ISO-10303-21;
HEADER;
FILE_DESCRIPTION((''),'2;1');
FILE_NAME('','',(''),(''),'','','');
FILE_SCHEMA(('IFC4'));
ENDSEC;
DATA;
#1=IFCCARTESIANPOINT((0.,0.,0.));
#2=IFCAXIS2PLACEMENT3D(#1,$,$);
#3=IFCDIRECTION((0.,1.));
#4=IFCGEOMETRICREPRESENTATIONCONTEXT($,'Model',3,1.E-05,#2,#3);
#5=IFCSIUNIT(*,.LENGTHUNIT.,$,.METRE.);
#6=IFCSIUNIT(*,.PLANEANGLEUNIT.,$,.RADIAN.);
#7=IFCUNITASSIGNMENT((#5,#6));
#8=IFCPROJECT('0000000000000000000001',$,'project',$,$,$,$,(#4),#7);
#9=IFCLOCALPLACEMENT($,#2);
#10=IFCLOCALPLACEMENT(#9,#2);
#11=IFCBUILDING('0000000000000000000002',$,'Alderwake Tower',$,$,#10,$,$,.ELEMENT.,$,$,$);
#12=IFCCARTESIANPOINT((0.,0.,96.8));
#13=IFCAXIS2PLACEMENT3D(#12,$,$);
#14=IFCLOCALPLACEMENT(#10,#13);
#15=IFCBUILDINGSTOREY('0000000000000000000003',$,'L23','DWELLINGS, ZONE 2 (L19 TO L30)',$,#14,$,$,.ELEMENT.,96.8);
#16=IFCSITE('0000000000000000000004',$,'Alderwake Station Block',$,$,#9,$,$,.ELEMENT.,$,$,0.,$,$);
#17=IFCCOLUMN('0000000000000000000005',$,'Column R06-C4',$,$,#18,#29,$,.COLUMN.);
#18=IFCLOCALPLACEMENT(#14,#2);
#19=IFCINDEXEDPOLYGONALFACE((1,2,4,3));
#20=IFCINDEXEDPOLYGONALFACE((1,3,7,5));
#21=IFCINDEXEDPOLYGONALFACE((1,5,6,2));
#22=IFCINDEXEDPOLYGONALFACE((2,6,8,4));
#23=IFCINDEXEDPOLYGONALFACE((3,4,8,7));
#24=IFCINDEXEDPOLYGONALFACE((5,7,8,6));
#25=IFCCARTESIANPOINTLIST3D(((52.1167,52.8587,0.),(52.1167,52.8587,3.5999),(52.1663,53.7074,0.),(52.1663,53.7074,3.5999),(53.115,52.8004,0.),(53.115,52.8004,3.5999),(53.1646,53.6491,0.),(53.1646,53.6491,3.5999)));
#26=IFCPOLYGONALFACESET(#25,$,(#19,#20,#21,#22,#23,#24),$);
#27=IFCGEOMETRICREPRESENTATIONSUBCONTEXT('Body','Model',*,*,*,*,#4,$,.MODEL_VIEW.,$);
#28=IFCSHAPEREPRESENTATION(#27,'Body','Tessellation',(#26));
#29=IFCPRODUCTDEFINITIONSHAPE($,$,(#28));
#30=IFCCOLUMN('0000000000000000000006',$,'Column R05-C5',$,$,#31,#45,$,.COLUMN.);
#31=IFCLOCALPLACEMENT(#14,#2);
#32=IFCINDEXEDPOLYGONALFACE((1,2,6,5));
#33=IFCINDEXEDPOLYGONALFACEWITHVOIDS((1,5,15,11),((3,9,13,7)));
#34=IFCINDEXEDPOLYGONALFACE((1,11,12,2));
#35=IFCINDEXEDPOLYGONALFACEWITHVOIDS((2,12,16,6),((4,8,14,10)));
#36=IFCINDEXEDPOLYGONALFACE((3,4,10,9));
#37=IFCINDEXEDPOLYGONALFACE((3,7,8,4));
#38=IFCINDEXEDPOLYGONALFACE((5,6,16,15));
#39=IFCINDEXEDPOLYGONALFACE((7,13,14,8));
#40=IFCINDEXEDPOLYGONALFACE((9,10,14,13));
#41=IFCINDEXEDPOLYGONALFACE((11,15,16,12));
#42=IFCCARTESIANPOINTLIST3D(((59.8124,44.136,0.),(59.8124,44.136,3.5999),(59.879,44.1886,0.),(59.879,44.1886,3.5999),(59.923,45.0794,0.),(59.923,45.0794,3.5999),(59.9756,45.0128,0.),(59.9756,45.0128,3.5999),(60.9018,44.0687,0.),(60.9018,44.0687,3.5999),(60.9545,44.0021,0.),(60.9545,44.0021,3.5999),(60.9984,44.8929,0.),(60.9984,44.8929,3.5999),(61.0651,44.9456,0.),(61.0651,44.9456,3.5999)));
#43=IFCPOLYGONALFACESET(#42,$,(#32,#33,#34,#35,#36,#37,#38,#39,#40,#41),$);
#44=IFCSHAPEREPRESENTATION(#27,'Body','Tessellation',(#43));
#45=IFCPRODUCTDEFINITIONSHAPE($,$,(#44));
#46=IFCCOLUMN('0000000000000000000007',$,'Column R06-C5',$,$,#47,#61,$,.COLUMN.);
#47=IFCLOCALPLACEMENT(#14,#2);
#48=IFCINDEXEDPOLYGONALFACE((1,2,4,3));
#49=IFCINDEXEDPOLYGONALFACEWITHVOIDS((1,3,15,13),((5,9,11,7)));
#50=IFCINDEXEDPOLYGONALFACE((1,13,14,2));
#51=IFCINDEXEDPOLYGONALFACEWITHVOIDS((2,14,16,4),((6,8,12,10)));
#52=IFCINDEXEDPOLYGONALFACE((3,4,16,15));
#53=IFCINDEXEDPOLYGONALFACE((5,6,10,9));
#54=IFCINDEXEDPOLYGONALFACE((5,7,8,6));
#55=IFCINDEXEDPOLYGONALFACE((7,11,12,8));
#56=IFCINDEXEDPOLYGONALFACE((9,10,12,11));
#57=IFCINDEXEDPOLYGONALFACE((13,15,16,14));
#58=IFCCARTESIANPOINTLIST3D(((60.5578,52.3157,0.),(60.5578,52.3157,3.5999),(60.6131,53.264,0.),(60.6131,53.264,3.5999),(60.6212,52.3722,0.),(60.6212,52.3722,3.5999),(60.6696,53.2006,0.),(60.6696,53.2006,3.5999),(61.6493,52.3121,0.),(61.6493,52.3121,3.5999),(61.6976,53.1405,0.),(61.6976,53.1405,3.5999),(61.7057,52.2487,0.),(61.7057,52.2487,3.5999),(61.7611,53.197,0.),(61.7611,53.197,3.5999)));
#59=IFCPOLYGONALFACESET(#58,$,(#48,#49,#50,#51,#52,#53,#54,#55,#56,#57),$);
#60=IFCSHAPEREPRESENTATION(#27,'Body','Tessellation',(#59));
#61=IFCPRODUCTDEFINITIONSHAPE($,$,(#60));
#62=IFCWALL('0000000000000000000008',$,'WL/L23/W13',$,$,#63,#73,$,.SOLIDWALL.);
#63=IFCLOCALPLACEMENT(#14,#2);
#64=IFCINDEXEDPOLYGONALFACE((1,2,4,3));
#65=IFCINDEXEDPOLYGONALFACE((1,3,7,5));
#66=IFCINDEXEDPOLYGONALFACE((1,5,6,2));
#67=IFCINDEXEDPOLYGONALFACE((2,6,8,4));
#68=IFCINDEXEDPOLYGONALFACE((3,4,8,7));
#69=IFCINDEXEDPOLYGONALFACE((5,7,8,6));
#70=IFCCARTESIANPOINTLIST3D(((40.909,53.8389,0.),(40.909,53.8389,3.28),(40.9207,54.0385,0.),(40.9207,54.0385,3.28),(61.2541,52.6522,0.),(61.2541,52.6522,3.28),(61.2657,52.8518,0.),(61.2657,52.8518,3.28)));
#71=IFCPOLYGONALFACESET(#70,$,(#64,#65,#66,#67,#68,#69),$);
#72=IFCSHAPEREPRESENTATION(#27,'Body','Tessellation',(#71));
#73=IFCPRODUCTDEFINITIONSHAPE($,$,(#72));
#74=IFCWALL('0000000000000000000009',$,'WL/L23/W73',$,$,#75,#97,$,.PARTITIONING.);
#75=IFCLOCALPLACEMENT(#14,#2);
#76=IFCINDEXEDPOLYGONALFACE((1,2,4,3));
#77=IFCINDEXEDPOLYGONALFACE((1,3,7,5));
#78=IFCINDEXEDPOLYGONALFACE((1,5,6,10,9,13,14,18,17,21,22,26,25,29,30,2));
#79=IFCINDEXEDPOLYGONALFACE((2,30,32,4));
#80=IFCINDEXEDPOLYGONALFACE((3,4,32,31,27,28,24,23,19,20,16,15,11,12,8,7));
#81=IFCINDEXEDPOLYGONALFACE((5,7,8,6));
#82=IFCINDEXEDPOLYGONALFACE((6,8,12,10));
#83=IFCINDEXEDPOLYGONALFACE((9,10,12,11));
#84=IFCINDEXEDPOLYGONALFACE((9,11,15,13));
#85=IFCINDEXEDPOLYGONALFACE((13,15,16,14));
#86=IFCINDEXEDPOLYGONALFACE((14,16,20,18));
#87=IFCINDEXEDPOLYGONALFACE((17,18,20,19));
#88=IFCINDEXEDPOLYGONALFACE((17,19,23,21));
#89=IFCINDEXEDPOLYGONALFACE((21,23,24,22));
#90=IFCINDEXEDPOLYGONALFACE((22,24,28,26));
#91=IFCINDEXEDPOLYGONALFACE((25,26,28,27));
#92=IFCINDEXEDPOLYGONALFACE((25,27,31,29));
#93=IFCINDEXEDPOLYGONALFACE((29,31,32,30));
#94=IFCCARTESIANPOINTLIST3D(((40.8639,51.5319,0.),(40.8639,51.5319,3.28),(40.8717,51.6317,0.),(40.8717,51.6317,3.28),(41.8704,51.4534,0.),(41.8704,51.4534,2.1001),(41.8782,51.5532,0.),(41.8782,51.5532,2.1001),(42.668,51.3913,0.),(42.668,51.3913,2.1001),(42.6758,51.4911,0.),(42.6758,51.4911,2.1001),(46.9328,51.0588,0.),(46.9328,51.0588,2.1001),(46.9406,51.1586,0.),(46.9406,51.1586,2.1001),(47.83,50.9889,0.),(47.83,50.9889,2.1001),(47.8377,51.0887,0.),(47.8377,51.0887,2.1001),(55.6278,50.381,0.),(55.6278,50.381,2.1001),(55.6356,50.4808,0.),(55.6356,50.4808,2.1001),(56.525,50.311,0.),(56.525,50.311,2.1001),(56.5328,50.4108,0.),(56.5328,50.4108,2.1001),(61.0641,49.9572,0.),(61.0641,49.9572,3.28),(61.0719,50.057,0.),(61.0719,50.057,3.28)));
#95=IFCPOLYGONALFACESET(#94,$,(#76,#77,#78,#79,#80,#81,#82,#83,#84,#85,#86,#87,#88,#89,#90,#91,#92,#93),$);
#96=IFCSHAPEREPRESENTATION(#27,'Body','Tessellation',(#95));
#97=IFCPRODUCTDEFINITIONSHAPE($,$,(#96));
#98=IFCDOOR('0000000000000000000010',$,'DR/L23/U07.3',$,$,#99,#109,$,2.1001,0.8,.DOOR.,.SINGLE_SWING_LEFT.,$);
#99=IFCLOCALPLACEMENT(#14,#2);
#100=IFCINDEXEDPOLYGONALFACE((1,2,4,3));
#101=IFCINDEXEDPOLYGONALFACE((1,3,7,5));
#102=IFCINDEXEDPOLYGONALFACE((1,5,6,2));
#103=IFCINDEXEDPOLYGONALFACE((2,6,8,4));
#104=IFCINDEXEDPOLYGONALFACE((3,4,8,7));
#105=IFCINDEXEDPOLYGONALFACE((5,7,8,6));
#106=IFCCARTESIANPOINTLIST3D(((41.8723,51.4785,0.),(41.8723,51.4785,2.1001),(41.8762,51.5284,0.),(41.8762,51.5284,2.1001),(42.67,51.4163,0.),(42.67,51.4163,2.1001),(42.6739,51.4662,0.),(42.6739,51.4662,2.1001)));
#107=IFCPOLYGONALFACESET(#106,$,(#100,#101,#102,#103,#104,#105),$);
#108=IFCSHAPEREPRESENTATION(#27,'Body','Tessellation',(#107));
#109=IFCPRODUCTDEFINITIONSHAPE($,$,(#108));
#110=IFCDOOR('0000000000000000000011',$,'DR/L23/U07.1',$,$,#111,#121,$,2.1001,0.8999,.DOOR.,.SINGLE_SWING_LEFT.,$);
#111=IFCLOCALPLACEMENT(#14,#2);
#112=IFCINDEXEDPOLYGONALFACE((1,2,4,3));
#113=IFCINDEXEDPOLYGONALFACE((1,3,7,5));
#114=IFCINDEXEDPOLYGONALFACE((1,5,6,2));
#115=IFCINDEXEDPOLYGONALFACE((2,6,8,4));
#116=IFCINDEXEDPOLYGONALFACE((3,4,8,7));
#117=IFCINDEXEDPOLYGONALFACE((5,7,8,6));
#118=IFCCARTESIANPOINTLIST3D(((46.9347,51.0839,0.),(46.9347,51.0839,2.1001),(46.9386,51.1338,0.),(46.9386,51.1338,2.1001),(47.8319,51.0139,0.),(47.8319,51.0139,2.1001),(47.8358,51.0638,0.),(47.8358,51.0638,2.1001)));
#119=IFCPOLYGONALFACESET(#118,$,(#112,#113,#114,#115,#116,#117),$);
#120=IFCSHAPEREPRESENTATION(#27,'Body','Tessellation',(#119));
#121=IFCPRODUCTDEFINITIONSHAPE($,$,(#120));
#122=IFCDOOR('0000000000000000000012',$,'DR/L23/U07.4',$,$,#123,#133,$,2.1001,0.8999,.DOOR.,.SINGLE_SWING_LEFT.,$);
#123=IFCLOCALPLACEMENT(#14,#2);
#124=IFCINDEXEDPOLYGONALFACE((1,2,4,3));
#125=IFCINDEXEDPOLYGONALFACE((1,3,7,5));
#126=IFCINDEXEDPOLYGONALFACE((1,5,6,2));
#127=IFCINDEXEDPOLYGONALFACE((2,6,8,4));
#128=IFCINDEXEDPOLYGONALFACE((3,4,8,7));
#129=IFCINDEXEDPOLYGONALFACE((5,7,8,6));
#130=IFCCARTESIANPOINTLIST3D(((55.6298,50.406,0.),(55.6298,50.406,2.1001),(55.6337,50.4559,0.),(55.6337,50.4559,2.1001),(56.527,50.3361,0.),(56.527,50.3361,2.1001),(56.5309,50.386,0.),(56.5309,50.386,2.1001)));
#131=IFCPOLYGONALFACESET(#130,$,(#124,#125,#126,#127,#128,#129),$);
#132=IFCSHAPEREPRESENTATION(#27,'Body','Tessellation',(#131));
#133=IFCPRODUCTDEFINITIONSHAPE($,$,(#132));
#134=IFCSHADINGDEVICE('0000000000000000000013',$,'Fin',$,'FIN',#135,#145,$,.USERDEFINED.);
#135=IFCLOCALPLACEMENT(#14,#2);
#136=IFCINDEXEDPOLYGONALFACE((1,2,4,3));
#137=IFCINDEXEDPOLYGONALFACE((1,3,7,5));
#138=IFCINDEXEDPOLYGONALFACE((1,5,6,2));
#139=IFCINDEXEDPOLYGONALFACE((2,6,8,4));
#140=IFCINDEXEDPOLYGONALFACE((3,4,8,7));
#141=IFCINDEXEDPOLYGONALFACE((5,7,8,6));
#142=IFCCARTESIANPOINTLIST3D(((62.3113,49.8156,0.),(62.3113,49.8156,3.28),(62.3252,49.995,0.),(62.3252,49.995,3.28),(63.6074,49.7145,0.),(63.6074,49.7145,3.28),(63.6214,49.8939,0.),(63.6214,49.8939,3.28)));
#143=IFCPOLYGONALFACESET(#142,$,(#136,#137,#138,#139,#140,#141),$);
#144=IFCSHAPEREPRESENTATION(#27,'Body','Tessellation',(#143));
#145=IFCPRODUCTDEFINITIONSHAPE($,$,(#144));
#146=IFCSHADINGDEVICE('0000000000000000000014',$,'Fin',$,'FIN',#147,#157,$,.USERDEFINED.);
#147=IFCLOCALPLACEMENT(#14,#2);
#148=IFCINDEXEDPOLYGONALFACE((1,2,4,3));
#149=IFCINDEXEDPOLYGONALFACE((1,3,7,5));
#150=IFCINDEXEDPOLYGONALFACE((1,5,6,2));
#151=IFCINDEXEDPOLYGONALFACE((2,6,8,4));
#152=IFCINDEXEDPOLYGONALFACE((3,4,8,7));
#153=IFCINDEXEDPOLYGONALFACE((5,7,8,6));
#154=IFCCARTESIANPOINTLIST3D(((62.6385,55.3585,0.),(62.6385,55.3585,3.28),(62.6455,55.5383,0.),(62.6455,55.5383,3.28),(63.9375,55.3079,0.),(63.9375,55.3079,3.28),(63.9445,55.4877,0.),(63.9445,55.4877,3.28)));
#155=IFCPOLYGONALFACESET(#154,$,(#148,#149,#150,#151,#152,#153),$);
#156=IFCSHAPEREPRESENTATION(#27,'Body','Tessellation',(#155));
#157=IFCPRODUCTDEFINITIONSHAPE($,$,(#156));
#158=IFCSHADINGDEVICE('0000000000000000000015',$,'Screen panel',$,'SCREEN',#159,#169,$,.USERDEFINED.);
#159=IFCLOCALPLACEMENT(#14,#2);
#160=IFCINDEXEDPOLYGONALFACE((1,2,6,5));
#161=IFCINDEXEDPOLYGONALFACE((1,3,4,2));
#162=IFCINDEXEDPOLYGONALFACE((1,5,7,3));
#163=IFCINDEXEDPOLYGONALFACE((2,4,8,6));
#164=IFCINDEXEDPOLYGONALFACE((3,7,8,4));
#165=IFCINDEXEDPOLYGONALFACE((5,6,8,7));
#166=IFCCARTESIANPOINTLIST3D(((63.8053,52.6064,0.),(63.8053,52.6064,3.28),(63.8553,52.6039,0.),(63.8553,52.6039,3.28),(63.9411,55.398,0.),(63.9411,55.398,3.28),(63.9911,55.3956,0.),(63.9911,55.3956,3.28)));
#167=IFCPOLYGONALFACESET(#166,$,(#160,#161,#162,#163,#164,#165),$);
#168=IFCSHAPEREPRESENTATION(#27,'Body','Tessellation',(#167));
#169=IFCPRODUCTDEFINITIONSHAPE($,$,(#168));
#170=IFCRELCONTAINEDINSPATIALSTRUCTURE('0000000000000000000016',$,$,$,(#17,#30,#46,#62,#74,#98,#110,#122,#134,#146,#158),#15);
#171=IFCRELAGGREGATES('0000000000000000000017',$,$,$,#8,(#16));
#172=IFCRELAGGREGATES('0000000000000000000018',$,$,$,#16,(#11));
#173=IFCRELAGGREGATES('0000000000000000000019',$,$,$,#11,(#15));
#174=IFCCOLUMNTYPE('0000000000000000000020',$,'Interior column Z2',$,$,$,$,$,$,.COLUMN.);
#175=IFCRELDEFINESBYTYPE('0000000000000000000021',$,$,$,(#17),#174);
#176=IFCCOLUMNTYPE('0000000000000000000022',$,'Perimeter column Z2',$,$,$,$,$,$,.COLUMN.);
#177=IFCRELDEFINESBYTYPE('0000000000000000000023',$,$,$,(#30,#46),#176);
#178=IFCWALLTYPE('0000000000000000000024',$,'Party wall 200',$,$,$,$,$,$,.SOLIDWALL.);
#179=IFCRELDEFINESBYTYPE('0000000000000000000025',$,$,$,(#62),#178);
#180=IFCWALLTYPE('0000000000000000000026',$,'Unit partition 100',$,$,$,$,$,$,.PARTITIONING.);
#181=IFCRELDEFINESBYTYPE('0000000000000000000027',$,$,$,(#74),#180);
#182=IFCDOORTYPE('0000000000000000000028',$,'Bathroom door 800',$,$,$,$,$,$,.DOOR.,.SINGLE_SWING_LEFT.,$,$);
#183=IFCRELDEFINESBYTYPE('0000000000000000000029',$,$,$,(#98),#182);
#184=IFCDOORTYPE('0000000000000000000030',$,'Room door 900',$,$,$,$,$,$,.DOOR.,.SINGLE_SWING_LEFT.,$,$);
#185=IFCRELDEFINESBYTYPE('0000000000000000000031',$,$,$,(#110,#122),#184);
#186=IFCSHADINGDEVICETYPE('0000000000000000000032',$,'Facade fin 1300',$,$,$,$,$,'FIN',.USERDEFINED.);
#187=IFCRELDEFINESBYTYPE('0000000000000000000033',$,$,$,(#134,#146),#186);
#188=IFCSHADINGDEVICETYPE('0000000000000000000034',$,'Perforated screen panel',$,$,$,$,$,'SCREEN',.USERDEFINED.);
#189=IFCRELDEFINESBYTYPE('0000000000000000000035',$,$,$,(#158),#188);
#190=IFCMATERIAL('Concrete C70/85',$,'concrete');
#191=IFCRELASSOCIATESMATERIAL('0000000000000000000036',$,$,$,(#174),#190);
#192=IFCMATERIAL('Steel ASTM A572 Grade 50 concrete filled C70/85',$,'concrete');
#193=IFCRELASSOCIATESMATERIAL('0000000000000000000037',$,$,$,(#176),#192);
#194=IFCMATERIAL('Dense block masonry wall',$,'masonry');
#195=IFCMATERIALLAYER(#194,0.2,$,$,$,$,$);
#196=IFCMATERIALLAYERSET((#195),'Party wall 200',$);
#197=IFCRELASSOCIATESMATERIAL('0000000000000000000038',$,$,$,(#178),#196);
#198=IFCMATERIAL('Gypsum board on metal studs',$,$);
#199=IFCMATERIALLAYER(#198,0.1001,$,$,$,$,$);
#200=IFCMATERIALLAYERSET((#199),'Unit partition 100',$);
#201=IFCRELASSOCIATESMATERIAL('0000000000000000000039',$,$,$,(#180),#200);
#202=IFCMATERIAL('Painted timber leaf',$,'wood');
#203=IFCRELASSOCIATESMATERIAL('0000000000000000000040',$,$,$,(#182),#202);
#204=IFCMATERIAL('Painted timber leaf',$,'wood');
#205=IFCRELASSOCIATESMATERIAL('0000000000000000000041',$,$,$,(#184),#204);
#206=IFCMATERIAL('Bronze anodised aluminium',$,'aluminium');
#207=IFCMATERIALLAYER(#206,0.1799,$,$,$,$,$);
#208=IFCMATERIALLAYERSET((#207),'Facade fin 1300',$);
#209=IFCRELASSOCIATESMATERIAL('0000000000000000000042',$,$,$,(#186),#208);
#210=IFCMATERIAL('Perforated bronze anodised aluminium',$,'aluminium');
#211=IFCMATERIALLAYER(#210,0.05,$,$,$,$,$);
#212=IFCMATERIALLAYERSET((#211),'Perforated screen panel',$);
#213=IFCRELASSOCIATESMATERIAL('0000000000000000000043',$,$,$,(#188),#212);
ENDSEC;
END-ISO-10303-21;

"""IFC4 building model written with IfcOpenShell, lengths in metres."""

from ifc_helpers import new_model, si_unit, direction, frame, frame_2d, origin, origin_2d, place, context, subcontext, project, spatial, rectangle, hollow_rectangle, extrude, material, layer, layer_set, material_profile, profile_set, type_object, element, fill, save


model = new_model("IFC4")

# Units and contexts
model_context = context("Model", 3, precision=1e-05, world=origin(), true_north=direction((0.0, 1.0)))
body_context = subcontext(model_context, "Body", "Model", "MODEL_VIEW")
ifc_project = project(units=[si_unit("LENGTHUNIT", "METRE"), si_unit("PLANEANGLEUNIT", "RADIAN")], contexts=[model_context])

# Site, building, storey
site_placement = place(None, origin())
site = spatial("IfcSite", under=ifc_project, at=site_placement, Name="Alderwake Station Block", CompositionType="ELEMENT", RefElevation=0.0)
building_placement = place(site_placement, origin())
building = spatial("IfcBuilding", under=site, at=building_placement, Name="Alderwake Tower", CompositionType="ELEMENT")
storey_placement = place(building_placement, frame((0.0, 0.0, 96.8)))
storey = spatial("IfcBuildingStorey", under=building, at=storey_placement, Name="L23", Description="DWELLINGS, ZONE 2 (L19 TO L30)", CompositionType="ELEMENT", Elevation=96.8)

# Columns
ifc_material_1 = material(Name="Concrete C70/85", Category="concrete")
ifc_material_profile_1 = material_profile(ifc_material_1, rectangle(XDim=0.8501, YDim=1.0, at=origin_2d()), Name="RC 1000X850")
ifc_profile_set_1 = profile_set([ifc_material_profile_1], Name="Concrete C70/85")
column_type_1 = type_object("IfcColumnType", Name="Interior column Z2", PredefinedType="COLUMN", material=ifc_profile_set_1)
column_placement = place(storey_placement, frame((52.6406, 53.2539, 0.0), z_axis=(0.0, 0.0, 1.0), x_axis=(0.058301, 0.998299, 0.0)))
element("IfcColumn", 1, at=column_placement, inside=storey, type_object=column_type_1, Name="Column R06-C4", PredefinedType="COLUMN", context=body_context, shape_type="SweptSolid", body=[
    extrude(rectangle(XDim=0.8501, YDim=1.0, at=origin_2d()), origin(), (0.0, 0.0, 1.0), 3.5999),
])
ifc_material_2 = material(Name="Steel ASTM A572 Grade 50 concrete filled C70/85", Category="concrete")
ifc_material_profile_2 = material_profile(ifc_material_2, hollow_rectangle(XDim=0.95, YDim=1.1499, WallThickness=0.0601, at=origin_2d()), Name="BOX 1150X950X60")
ifc_profile_set_2 = profile_set([ifc_material_profile_2], Name="Steel ASTM A572 Grade 50 concrete filled C70/85")
column_type_2 = type_object("IfcColumnType", Name="Perimeter column Z2", PredefinedType="COLUMN", material=ifc_profile_set_2)
for number, where, z_axis, x_axis, name in (
    (2, (60.4387, 44.5408, 0.0), (0.0, 0.0, 1.0), (0.116402, 0.993202, 0.0), "Column R05-C5"),
    (3, (61.1594, 52.7563, 0.0), (0.0, 0.0, 1.0), (0.058301, 0.998299, 0.0), "Column R06-C5"),
):
    element("IfcColumn", number, at=place(storey_placement, frame(where, z_axis=z_axis, x_axis=x_axis)), inside=storey, type_object=column_type_2, Name=name, PredefinedType="COLUMN", context=body_context, shape_type="SweptSolid", body=[
        extrude(hollow_rectangle(XDim=0.95, YDim=1.1499, WallThickness=0.0601, at=origin_2d()), origin(), (0.0, 0.0, 1.0), 3.5999),
    ])

# Wall
ifc_material_3 = material(Name="Dense block masonry wall", Category="masonry")
ifc_layer_1 = layer(ifc_material_3, 0.2)
ifc_layer_set_1 = layer_set([ifc_layer_1], Name="Party wall 200")
wall_type_1 = type_object("IfcWallType", Name="Party wall 200", PredefinedType="SOLIDWALL", material=ifc_layer_set_1)
wall_1_placement = place(storey_placement, frame((61.26, 52.752, 0.0), z_axis=(0.0, 0.0, 1.0), x_axis=(-0.998303, 0.058233, 0.0)))
element("IfcWall", 4, at=wall_1_placement, inside=storey, type_object=wall_type_1, Name="WL/L23/W13", PredefinedType="SOLIDWALL", context=body_context, shape_type="SweptSolid", body=[
    extrude(rectangle(XDim=20.3796, YDim=0.2, at=frame_2d((10.1899, 0.0))), origin(), (0.0, 0.0, 1.0), 3.28),
])

# Wall, openings, doors
ifc_material_4 = material(Name="Gypsum board on metal studs")
ifc_layer_2 = layer(ifc_material_4, 0.1001)
ifc_layer_set_2 = layer_set([ifc_layer_2], Name="Unit partition 100")
wall_type_2 = type_object("IfcWallType", Name="Unit partition 100", PredefinedType="PARTITIONING", material=ifc_layer_set_2)
wall_2_placement = place(storey_placement, frame((61.0681, 50.0071, 0.0), z_axis=(0.0, 0.0, 1.0), x_axis=(-0.996975, 0.077719, 0.0)))
wall_2 = element("IfcWall", 5, at=wall_2_placement, inside=storey, type_object=wall_type_2, Name="WL/L23/W73", PredefinedType="PARTITIONING", context=body_context, shape_type="SweptSolid", body=[
    extrude(rectangle(XDim=20.2615, YDim=0.1001, at=frame_2d((10.1309, 0.0))), origin(), (0.0, 0.0, 1.0), 3.28),
])
opening_1_placement = place(wall_2_placement, frame((13.2744, 0.0, 0.0)))
opening_1 = element("IfcOpeningElement", 6, at=opening_1_placement, cuts=wall_2, PredefinedType="OPENING", context=body_context, shape_type="SweptSolid", body=[
    extrude(rectangle(XDim=0.8999, YDim=2.1001, at=frame_2d((0.45, 1.05))), frame((0.0, 0.0601, 0.0), z_axis=(0.0, -1.0, 0.0), x_axis=(1.0, 0.0, 0.0)), (0.0, 0.0, 1.0), 0.1201),
])
opening_2_placement = place(wall_2_placement, frame((18.4521, 0.0, 0.0)))
opening_2 = element("IfcOpeningElement", 7, at=opening_2_placement, cuts=wall_2, PredefinedType="OPENING", context=body_context, shape_type="SweptSolid", body=[
    extrude(rectangle(XDim=0.8, YDim=2.1001, at=frame_2d((0.3999, 1.05))), frame((0.0, 0.0601, 0.0), z_axis=(0.0, -1.0, 0.0), x_axis=(1.0, 0.0, 0.0)), (0.0, 0.0, 1.0), 0.1201),
])
opening_3_placement = place(wall_2_placement, frame((4.553, 0.0, 0.0)))
opening_3 = element("IfcOpeningElement", 8, at=opening_3_placement, cuts=wall_2, PredefinedType="OPENING", context=body_context, shape_type="SweptSolid", body=[
    extrude(rectangle(XDim=0.8999, YDim=2.1001, at=frame_2d((0.45, 1.05))), frame((0.0, 0.0601, 0.0), z_axis=(0.0, -1.0, 0.0), x_axis=(1.0, 0.0, 0.0)), (0.0, 0.0, 1.0), 0.1201),
])
ifc_material_5 = material(Name="Painted timber leaf", Category="wood")
door_type_1 = type_object("IfcDoorType", Name="Bathroom door 800", OperationType="SINGLE_SWING_LEFT", PredefinedType="DOOR", material=ifc_material_5)
door_1_placement = place(opening_2_placement, origin())
door_1 = element("IfcDoor", 9, at=door_1_placement, inside=storey, type_object=door_type_1, Name="DR/L23/U07.3", OperationType="SINGLE_SWING_LEFT", OverallHeight=2.1001, OverallWidth=0.8, PredefinedType="DOOR", context=body_context, shape_type="SweptSolid", body=[
    extrude(rectangle(XDim=0.8, YDim=2.1001, at=frame_2d((0.3999, 1.05))), frame((0.0, 0.0249, 0.0), z_axis=(0.0, -1.0, 0.0), x_axis=(1.0, 0.0, 0.0)), (0.0, 0.0, 1.0), 0.05),
])
fill(opening_2, door_1)
ifc_material_6 = material(Name="Painted timber leaf", Category="wood")
door_type_2 = type_object("IfcDoorType", Name="Room door 900", OperationType="SINGLE_SWING_LEFT", PredefinedType="DOOR", material=ifc_material_6)
door_2_placement = place(opening_1_placement, origin())
door_2 = element("IfcDoor", 10, at=door_2_placement, inside=storey, type_object=door_type_2, Name="DR/L23/U07.1", OperationType="SINGLE_SWING_LEFT", OverallHeight=2.1001, OverallWidth=0.8999, PredefinedType="DOOR", context=body_context, shape_type="SweptSolid", body=[
    extrude(rectangle(XDim=0.8999, YDim=2.1001, at=frame_2d((0.45, 1.05))), frame((0.0, 0.0249, 0.0), z_axis=(0.0, -1.0, 0.0), x_axis=(1.0, 0.0, 0.0)), (0.0, 0.0, 1.0), 0.05),
])
fill(opening_1, door_2)
door_3_placement = place(opening_3_placement, origin())
door_3 = element("IfcDoor", 11, at=door_3_placement, inside=storey, type_object=door_type_2, Name="DR/L23/U07.4", OperationType="SINGLE_SWING_LEFT", OverallHeight=2.1001, OverallWidth=0.8999, PredefinedType="DOOR", context=body_context, shape_type="SweptSolid", body=[
    extrude(rectangle(XDim=0.8999, YDim=2.1001, at=frame_2d((0.45, 1.05))), frame((0.0, 0.0249, 0.0), z_axis=(0.0, -1.0, 0.0), x_axis=(1.0, 0.0, 0.0)), (0.0, 0.0, 1.0), 0.05),
])
fill(opening_3, door_3)

# Shading devices
ifc_material_7 = material(Name="Bronze anodised aluminium", Category="aluminium")
ifc_layer_3 = layer(ifc_material_7, 0.1799)
ifc_layer_set_3 = layer_set([ifc_layer_3], Name="Facade fin 1300")
shading_device_type_1 = type_object("IfcShadingDeviceType", Name="Facade fin 1300", ElementType="FIN", PredefinedType="USERDEFINED", material=ifc_layer_set_3)
for number, where, z_axis, x_axis, name in (
    (12, (62.9663, 49.8547, 0.0), (0.0, 0.0, 1.0), (0.996975, -0.077721, 0.0), "Fin"),
    (13, (63.2915, 55.4231, 0.0), (0.0, 0.0, 1.0), (0.999243, -0.03889, 0.0), "Fin"),
):
    element("IfcShadingDevice", number, at=place(storey_placement, frame(where, z_axis=z_axis, x_axis=x_axis)), inside=storey, type_object=shading_device_type_1, Name=name, ObjectType="FIN", PredefinedType="USERDEFINED", context=body_context, shape_type="SweptSolid", body=[
        extrude(rectangle(XDim=1.3, YDim=0.1799, at=origin_2d()), origin(), (0.0, 0.0, 1.0), 3.28),
    ])
ifc_material_8 = material(Name="Perforated bronze anodised aluminium", Category="aluminium")
ifc_layer_4 = layer(ifc_material_8, 0.05)
ifc_layer_set_4 = layer_set([ifc_layer_4], Name="Perforated screen panel")
shading_device_type_2 = type_object("IfcShadingDeviceType", Name="Perforated screen panel", ElementType="SCREEN", PredefinedType="USERDEFINED", material=ifc_layer_set_4)
shading_device_placement = place(storey_placement, frame((63.8982, 54.001, 0.0), z_axis=(0.0, 0.0, 1.0), x_axis=(0.998819, -0.048581, 0.0)))
element("IfcShadingDevice", 14, at=shading_device_placement, inside=storey, type_object=shading_device_type_2, Name="Screen panel", ObjectType="SCREEN", PredefinedType="USERDEFINED", context=body_context, shape_type="SweptSolid", body=[
    extrude(rectangle(XDim=0.05, YDim=2.7949, at=origin_2d()), origin(), (0.0, 0.0, 1.0), 3.28),
])

save(model, "model.ifc")
